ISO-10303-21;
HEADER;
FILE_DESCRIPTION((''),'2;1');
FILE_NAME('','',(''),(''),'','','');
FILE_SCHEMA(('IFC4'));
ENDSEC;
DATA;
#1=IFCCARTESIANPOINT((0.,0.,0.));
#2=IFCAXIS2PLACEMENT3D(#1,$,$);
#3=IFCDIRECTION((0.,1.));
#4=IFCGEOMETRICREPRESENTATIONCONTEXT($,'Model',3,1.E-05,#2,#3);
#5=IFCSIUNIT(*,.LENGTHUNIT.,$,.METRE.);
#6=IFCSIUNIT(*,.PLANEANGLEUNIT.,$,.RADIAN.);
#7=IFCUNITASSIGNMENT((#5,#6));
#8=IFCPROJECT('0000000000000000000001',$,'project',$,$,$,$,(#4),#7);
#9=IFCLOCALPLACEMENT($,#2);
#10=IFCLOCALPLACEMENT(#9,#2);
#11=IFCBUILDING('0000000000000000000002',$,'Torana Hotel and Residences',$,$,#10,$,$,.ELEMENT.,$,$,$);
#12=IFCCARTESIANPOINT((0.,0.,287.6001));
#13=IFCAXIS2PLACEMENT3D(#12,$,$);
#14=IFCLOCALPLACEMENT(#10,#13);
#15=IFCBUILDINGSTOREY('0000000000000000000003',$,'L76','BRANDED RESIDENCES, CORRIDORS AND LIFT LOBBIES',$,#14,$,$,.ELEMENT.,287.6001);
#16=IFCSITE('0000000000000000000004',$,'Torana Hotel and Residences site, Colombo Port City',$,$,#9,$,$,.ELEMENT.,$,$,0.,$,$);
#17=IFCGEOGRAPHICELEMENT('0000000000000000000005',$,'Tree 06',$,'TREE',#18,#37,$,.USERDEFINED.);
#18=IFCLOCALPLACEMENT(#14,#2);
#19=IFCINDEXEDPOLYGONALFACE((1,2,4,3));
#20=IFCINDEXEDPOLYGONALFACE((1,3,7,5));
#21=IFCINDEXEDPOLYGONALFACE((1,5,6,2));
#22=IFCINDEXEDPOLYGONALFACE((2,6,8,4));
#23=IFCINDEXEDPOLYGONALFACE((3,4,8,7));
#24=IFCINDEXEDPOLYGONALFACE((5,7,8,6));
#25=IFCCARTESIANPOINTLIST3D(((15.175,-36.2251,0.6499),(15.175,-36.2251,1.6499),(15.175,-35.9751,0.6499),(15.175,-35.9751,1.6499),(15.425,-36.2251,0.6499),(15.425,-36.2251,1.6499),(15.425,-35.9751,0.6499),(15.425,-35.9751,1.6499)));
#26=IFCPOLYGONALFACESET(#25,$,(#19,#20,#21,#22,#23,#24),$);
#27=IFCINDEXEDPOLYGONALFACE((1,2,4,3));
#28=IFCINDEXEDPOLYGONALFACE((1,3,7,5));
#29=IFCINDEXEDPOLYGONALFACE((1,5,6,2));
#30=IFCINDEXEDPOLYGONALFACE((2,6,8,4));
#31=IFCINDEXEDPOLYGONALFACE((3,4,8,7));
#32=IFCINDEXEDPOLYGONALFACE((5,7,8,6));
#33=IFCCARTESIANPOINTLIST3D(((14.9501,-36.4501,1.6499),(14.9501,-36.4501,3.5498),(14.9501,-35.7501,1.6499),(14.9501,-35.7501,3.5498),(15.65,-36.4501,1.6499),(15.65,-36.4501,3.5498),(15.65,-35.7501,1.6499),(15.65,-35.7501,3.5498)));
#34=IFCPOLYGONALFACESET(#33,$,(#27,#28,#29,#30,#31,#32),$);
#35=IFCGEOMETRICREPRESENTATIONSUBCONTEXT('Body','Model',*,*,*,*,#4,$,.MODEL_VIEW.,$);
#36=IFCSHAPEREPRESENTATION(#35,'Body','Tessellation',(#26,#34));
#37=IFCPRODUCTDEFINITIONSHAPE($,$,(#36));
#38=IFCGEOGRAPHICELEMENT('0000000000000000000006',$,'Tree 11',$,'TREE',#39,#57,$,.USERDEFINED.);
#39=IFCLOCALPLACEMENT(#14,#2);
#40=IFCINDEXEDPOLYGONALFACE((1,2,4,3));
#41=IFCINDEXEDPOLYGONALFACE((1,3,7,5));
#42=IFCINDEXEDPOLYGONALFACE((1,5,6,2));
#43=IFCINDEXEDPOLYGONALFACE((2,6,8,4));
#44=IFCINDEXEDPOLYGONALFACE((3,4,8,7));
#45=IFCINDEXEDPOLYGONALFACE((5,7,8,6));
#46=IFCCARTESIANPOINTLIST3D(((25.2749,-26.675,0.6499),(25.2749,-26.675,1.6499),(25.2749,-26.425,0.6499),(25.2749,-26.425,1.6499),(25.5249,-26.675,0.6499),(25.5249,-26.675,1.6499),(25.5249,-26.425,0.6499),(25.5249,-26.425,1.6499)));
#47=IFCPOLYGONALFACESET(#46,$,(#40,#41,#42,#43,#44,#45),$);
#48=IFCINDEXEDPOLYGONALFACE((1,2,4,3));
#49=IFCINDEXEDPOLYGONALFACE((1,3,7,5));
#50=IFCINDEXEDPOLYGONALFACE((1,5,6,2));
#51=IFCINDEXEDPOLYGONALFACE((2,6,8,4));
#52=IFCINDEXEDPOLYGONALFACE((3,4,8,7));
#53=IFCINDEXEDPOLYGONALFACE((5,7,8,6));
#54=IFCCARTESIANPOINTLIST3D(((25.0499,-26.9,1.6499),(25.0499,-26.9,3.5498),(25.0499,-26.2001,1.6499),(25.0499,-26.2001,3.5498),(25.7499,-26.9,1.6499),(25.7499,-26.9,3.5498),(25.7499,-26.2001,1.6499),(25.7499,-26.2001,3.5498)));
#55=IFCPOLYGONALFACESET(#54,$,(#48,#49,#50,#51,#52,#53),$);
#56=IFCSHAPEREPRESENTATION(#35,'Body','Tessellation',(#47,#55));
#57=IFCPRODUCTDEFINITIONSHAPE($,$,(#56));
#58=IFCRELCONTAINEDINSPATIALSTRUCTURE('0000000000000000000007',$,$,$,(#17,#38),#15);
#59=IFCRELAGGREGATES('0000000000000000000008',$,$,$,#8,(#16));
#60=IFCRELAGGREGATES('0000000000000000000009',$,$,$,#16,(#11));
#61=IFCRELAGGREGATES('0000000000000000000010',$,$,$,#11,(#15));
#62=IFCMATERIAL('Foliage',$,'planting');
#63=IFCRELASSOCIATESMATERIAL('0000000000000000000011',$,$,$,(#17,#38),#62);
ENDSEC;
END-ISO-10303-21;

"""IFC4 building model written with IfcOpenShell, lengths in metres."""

from ifc_helpers import new_model, si_unit, direction, frame, origin, origin_2d, place, context, subcontext, project, spatial, rectangle, extrude, material, element, save


model = new_model("IFC4")

# Units and contexts
model_context = context("Model", 3, precision=1e-05, world=origin(), true_north=direction((0.0, 1.0)))
body_context = subcontext(model_context, "Body", "Model", "MODEL_VIEW")
ifc_project = project(units=[si_unit("LENGTHUNIT", "METRE"), si_unit("PLANEANGLEUNIT", "RADIAN")], contexts=[model_context])

# Site, building, storey
site_placement = place(None, origin())
site = spatial("IfcSite", under=ifc_project, at=site_placement, Name="Torana Hotel and Residences site, Colombo Port City", CompositionType="ELEMENT", RefElevation=0.0)
building_placement = place(site_placement, origin())
building = spatial("IfcBuilding", under=site, at=building_placement, Name="Torana Hotel and Residences", CompositionType="ELEMENT")
storey_placement = place(building_placement, frame((0.0, 0.0, 287.6001)))
storey = spatial("IfcBuildingStorey", under=building, at=storey_placement, Name="L76", Description="BRANDED RESIDENCES, CORRIDORS AND LIFT LOBBIES", CompositionType="ELEMENT", Elevation=287.6001)

# Geographic elements
ifc_material_1 = material(Name="Foliage", Category="planting")
for number, where, z_axis, x_axis, name in (
    (1, (15.3, -36.1001, 0.6499), (0.0, 0.0, 1.0), (1.0, 0.0, 0.0), "Tree 06"),
    (2, (25.3999, -26.55, 0.6499), (0.0, 0.0, 1.0), (1.0, 0.0, 0.0), "Tree 11"),
):
    element("IfcGeographicElement", number, at=place(storey_placement, frame(where, z_axis=z_axis, x_axis=x_axis)), inside=storey, material=ifc_material_1, Name=name, ObjectType="TREE", PredefinedType="USERDEFINED", context=body_context, shape_type="SweptSolid", body=[
        extrude(rectangle(XDim=0.25, YDim=0.25, at=origin_2d()), origin(), (0.0, 0.0, 1.0), 1.0),
        extrude(rectangle(XDim=0.7, YDim=0.7, at=origin_2d()), frame((0.0, 0.0, 1.0)), (0.0, 0.0, 1.0), 1.8999),
    ])

save(model, "model.ifc")
